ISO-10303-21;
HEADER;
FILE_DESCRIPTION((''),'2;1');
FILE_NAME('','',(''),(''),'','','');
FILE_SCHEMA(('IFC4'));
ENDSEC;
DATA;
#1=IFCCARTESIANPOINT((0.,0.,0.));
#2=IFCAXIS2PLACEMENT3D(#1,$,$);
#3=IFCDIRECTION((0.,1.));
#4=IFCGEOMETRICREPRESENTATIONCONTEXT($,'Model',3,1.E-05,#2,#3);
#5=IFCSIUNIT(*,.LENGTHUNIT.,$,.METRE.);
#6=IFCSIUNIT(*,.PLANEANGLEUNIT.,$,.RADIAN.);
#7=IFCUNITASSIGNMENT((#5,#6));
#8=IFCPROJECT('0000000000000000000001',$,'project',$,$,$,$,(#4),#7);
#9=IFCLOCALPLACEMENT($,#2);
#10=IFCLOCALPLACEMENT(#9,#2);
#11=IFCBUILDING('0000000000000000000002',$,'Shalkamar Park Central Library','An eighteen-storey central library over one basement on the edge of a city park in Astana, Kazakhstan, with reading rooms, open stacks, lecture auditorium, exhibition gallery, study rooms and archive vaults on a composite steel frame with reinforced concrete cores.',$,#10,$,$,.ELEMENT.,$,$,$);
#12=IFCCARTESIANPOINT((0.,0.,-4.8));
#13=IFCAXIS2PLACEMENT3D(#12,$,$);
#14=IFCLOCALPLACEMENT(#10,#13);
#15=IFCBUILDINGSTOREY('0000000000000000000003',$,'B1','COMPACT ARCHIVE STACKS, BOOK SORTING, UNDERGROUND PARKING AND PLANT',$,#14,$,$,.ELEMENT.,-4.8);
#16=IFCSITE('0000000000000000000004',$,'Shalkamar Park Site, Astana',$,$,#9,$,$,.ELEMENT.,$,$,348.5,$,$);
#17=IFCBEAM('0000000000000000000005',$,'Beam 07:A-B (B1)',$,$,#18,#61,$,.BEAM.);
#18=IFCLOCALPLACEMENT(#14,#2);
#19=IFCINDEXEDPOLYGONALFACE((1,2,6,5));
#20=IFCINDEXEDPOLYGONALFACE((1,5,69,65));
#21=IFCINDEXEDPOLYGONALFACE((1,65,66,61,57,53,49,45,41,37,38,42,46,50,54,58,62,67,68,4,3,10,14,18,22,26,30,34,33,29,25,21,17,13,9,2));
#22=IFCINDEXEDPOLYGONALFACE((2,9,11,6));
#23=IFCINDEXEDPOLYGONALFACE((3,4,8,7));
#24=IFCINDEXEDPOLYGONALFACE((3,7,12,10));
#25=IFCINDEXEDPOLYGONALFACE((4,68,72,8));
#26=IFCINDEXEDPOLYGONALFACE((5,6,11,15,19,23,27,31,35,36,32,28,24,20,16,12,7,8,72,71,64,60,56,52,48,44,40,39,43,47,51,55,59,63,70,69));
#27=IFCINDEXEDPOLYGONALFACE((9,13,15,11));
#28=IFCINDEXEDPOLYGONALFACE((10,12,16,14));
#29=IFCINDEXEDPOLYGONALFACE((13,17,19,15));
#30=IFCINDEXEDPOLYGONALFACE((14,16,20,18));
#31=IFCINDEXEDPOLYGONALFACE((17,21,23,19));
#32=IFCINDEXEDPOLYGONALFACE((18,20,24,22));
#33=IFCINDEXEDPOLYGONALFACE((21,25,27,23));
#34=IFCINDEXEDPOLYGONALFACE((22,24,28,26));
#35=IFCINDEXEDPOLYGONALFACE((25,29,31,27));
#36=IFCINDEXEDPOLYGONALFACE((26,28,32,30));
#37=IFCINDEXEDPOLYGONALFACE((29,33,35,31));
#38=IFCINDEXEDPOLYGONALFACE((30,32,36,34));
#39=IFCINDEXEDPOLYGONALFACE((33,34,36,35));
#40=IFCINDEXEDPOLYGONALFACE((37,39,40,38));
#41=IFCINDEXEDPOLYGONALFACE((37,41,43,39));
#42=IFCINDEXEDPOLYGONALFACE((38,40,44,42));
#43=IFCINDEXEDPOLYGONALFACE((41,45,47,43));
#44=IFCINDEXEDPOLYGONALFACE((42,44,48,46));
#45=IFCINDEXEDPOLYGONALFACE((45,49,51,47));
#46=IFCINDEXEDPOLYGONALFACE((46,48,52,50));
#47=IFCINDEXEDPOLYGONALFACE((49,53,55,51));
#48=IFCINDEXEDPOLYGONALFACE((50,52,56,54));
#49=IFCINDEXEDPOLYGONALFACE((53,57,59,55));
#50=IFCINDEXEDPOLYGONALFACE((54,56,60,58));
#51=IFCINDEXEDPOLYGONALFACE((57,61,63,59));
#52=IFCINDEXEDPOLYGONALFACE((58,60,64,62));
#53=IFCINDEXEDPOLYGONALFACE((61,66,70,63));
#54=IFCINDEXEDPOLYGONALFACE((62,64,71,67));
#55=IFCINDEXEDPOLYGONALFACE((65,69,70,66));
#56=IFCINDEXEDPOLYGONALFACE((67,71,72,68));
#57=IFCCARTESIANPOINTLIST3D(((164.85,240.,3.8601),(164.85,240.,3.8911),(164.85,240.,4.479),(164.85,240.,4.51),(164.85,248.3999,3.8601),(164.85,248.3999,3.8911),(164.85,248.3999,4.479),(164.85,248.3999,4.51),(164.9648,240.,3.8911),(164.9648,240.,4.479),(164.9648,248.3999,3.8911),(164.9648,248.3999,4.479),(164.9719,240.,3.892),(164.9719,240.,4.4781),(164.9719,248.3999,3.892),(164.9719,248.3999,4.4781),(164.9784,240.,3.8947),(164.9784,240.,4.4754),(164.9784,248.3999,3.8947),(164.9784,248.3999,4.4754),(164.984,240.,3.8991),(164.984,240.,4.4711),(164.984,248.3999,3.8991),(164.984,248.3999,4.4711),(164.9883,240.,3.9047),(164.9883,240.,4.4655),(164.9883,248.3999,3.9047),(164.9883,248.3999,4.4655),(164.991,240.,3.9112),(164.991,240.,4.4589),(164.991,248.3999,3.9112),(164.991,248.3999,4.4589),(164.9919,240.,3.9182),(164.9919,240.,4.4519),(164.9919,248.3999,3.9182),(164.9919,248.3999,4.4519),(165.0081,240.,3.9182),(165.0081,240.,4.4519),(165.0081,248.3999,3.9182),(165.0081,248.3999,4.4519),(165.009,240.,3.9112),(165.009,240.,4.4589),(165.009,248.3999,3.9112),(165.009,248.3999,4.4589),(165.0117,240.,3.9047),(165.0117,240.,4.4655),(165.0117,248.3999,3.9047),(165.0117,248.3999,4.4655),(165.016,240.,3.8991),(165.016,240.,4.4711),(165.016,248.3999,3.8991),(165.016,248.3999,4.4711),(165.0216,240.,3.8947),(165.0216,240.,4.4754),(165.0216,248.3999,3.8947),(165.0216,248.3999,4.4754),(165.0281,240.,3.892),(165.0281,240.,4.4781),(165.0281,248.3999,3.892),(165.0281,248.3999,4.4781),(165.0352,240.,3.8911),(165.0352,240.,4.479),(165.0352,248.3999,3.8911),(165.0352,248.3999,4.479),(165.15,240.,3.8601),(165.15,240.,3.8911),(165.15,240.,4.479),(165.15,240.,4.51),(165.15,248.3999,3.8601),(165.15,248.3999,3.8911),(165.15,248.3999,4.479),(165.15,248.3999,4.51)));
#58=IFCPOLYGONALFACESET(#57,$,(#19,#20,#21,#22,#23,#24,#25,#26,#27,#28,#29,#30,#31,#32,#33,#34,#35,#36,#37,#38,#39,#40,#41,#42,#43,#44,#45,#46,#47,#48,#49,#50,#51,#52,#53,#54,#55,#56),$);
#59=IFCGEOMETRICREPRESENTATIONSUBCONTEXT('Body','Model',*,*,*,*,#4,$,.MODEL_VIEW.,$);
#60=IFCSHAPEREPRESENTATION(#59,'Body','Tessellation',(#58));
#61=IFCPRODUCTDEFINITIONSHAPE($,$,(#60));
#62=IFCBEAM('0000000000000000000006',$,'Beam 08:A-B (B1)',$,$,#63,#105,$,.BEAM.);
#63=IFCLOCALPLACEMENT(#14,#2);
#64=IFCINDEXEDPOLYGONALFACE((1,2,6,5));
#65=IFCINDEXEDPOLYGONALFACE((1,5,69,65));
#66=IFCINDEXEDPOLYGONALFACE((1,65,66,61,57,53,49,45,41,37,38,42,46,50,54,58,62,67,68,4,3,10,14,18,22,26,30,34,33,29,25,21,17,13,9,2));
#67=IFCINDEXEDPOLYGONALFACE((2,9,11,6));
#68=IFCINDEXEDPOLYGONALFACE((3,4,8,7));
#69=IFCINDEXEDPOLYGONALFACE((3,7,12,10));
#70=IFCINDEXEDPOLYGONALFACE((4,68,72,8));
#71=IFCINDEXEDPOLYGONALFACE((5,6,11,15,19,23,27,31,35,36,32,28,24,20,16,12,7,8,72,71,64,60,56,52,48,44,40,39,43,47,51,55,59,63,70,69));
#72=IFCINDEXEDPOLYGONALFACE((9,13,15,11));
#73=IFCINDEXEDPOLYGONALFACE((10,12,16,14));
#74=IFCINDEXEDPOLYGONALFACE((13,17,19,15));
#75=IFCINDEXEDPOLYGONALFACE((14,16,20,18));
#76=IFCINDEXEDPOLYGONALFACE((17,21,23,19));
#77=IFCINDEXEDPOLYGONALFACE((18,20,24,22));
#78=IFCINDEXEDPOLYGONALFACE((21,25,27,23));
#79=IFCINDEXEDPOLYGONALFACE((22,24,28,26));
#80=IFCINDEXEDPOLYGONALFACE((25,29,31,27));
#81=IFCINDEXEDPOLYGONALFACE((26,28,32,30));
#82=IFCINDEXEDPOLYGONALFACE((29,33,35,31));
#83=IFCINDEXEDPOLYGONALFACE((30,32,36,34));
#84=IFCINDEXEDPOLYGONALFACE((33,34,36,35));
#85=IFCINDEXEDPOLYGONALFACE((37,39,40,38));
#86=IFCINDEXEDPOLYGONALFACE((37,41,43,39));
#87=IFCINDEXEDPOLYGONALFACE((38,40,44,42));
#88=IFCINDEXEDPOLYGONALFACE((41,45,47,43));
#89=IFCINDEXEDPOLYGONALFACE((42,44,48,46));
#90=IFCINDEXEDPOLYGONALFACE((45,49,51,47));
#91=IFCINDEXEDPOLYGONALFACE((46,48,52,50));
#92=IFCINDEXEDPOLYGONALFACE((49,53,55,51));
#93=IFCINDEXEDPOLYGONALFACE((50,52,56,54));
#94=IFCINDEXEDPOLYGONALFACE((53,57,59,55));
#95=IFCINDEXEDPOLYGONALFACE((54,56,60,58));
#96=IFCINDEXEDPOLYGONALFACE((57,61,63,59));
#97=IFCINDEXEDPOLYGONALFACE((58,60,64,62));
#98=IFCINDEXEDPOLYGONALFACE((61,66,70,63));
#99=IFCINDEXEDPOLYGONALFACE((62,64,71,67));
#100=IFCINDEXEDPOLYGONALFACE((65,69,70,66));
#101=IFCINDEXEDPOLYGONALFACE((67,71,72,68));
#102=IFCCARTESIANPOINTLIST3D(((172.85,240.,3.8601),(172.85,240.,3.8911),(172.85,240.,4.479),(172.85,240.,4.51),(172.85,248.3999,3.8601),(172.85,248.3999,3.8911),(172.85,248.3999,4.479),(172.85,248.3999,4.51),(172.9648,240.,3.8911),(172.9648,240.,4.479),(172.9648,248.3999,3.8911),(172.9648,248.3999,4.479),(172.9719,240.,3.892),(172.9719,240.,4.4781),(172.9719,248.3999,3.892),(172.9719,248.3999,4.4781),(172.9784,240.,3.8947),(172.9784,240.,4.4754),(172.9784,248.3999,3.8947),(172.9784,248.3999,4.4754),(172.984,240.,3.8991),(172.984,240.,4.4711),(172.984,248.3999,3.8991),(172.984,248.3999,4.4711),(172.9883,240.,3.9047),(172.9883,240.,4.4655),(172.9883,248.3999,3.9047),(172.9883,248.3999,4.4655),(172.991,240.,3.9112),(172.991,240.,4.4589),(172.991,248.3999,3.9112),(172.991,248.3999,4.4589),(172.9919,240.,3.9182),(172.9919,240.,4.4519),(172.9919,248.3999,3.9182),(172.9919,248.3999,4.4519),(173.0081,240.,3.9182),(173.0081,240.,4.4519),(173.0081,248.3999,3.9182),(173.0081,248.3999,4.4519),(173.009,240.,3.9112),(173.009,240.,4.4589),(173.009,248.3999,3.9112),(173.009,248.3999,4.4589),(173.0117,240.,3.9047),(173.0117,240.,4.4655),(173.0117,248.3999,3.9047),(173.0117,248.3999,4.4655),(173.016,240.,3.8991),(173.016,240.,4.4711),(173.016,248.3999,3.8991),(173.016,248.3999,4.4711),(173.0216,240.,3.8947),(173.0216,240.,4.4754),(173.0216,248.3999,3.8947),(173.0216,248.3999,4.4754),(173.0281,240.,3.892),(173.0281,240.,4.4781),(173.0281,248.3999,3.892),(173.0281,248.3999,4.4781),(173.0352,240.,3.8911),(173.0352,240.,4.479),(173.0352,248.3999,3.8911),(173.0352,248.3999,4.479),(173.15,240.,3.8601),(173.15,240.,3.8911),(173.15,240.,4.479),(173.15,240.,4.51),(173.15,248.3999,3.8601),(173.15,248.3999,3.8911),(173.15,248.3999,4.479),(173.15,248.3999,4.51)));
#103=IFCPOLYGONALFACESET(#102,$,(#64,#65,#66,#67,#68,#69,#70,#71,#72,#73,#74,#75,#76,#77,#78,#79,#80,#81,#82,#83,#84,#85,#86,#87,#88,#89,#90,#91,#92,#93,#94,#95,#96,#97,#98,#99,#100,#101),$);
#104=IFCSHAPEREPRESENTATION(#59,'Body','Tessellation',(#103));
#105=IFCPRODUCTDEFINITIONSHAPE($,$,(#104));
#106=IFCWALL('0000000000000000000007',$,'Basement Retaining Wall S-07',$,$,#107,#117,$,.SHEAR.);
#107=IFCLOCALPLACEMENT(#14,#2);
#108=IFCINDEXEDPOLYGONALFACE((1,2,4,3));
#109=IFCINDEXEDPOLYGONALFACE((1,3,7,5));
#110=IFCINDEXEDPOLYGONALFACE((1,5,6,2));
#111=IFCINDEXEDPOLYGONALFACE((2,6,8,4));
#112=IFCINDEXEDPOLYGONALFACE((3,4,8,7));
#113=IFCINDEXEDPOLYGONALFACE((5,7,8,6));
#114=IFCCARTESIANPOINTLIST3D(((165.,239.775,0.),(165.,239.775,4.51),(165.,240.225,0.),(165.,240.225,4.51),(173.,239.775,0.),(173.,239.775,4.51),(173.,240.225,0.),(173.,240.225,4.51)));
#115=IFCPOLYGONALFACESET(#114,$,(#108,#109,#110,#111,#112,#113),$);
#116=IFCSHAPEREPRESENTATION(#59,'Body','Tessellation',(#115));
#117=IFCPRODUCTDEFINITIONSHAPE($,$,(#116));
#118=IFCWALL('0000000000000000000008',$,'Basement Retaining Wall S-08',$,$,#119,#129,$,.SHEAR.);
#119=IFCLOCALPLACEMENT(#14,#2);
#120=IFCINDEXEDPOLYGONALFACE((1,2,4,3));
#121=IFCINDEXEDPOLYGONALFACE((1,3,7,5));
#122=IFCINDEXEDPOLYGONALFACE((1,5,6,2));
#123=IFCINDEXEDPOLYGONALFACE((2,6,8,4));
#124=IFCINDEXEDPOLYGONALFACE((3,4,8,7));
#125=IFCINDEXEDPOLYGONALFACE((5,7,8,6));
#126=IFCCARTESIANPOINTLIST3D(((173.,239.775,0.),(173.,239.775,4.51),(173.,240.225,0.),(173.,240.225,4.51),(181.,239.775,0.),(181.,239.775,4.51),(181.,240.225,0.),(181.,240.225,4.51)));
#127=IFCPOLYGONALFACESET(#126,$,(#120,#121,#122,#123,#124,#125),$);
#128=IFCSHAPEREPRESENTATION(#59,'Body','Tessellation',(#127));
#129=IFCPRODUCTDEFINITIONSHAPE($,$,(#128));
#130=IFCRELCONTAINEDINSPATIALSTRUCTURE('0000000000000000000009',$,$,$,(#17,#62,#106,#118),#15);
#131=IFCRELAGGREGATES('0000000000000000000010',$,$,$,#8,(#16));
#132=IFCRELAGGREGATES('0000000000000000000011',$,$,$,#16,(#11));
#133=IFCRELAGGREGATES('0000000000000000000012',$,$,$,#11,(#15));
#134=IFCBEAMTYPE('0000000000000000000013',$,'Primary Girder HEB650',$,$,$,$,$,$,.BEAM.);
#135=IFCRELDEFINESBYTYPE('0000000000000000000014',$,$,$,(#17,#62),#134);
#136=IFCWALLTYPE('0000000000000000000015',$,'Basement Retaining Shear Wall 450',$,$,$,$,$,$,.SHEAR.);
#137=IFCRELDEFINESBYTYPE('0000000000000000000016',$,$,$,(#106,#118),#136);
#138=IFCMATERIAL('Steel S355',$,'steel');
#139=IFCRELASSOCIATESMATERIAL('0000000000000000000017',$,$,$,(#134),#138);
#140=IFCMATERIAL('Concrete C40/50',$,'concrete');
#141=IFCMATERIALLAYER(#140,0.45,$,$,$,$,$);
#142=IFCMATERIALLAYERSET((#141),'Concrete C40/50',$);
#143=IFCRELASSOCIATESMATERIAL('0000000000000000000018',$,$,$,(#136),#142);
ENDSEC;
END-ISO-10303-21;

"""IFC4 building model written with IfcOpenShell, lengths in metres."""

from ifc_helpers import new_model, si_unit, direction, frame, frame_2d, origin, origin_2d, place, context, subcontext, project, spatial, rectangle, i_section, extrude, material, layer, layer_set, material_profile, profile_set, type_object, element, save


model = new_model("IFC4")

# Units and contexts
model_context = context("Model", 3, precision=1e-05, world=origin(), true_north=direction((0.0, 1.0)))
body_context = subcontext(model_context, "Body", "Model", "MODEL_VIEW")
ifc_project = project(units=[si_unit("LENGTHUNIT", "METRE"), si_unit("PLANEANGLEUNIT", "RADIAN")], contexts=[model_context])

# Site, building, storey
site_placement = place(None, origin())
site = spatial("IfcSite", under=ifc_project, at=site_placement, Name="Shalkamar Park Site, Astana", CompositionType="ELEMENT", RefElevation=348.5)
building_placement = place(site_placement, origin())
building = spatial("IfcBuilding", under=site, at=building_placement, Name="Shalkamar Park Central Library", Description="An eighteen-storey central library over one basement on the edge of a city park in Astana, Kazakhstan, with reading rooms, open stacks, lecture auditorium, exhibition gallery, study rooms and archive vaults on a composite steel frame with reinforced concrete cores.", CompositionType="ELEMENT")
storey_placement = place(building_placement, frame((0.0, 0.0, -4.8)))
storey = spatial("IfcBuildingStorey", under=building, at=storey_placement, Name="B1", Description="COMPACT ARCHIVE STACKS, BOOK SORTING, UNDERGROUND PARKING AND PLANT", CompositionType="ELEMENT", Elevation=-4.8)

# Shared definitions
ifc_material_1 = material(Name="Concrete C40/50", Category="concrete")

# Beams
ifc_material_2 = material(Name="Steel S355", Category="steel")
ifc_material_profile_1 = material_profile(ifc_material_2, i_section(OverallWidth=0.3, OverallDepth=0.6499, WebThickness=0.0161, FlangeThickness=0.031, FilletRadius=0.0271, at=origin_2d()), Name="HEB 650")
ifc_profile_set_1 = profile_set([ifc_material_profile_1], Name="Steel S355")
beam_type_1 = type_object("IfcBeamType", Name="Primary Girder HEB650", PredefinedType="BEAM", material=ifc_profile_set_1)
for number, where, z_axis, x_axis, name in (
    (1, (165.0, 240.0, 4.1851), (0.0, 1.0, 0.0), (-1.0, 0.0, 0.0), "Beam 07:A-B (B1)"),
    (2, (173.0, 240.0, 4.1851), (0.0, 1.0, 0.0), (-1.0, 0.0, 0.0), "Beam 08:A-B (B1)"),
):
    element("IfcBeam", number, at=place(storey_placement, frame(where, z_axis=z_axis, x_axis=x_axis)), inside=storey, type_object=beam_type_1, Name=name, PredefinedType="BEAM", context=body_context, shape_type="SweptSolid", body=[
        extrude(i_section(OverallWidth=0.3, OverallDepth=0.6499, WebThickness=0.0161, FlangeThickness=0.031, FilletRadius=0.0271, at=origin_2d()), origin(), (0.0, 0.0, 1.0), 8.3999),
    ])

# Walls
ifc_layer = layer(ifc_material_1, 0.45)
ifc_layer_set = layer_set([ifc_layer], Name="Concrete C40/50")
wall_type = type_object("IfcWallType", Name="Basement Retaining Shear Wall 450", PredefinedType="SHEAR", material=ifc_layer_set)
for number, where, z_axis, x_axis, name in (
    (3, (165.0, 240.0, 0.0), (0.0, 0.0, 1.0), (1.0, 0.0, 0.0), "Basement Retaining Wall S-07"),
    (4, (173.0, 240.0, 0.0), (0.0, 0.0, 1.0), (1.0, 0.0, 0.0), "Basement Retaining Wall S-08"),
):
    element("IfcWall", number, at=place(storey_placement, frame(where, z_axis=z_axis, x_axis=x_axis)), inside=storey, type_object=wall_type, Name=name, PredefinedType="SHEAR", context=body_context, shape_type="SweptSolid", body=[
        extrude(rectangle(XDim=8.0, YDim=0.45, at=frame_2d((4.0, 0.0))), origin(), (0.0, 0.0, 1.0), 4.51),
    ])

save(model, "model.ifc")
